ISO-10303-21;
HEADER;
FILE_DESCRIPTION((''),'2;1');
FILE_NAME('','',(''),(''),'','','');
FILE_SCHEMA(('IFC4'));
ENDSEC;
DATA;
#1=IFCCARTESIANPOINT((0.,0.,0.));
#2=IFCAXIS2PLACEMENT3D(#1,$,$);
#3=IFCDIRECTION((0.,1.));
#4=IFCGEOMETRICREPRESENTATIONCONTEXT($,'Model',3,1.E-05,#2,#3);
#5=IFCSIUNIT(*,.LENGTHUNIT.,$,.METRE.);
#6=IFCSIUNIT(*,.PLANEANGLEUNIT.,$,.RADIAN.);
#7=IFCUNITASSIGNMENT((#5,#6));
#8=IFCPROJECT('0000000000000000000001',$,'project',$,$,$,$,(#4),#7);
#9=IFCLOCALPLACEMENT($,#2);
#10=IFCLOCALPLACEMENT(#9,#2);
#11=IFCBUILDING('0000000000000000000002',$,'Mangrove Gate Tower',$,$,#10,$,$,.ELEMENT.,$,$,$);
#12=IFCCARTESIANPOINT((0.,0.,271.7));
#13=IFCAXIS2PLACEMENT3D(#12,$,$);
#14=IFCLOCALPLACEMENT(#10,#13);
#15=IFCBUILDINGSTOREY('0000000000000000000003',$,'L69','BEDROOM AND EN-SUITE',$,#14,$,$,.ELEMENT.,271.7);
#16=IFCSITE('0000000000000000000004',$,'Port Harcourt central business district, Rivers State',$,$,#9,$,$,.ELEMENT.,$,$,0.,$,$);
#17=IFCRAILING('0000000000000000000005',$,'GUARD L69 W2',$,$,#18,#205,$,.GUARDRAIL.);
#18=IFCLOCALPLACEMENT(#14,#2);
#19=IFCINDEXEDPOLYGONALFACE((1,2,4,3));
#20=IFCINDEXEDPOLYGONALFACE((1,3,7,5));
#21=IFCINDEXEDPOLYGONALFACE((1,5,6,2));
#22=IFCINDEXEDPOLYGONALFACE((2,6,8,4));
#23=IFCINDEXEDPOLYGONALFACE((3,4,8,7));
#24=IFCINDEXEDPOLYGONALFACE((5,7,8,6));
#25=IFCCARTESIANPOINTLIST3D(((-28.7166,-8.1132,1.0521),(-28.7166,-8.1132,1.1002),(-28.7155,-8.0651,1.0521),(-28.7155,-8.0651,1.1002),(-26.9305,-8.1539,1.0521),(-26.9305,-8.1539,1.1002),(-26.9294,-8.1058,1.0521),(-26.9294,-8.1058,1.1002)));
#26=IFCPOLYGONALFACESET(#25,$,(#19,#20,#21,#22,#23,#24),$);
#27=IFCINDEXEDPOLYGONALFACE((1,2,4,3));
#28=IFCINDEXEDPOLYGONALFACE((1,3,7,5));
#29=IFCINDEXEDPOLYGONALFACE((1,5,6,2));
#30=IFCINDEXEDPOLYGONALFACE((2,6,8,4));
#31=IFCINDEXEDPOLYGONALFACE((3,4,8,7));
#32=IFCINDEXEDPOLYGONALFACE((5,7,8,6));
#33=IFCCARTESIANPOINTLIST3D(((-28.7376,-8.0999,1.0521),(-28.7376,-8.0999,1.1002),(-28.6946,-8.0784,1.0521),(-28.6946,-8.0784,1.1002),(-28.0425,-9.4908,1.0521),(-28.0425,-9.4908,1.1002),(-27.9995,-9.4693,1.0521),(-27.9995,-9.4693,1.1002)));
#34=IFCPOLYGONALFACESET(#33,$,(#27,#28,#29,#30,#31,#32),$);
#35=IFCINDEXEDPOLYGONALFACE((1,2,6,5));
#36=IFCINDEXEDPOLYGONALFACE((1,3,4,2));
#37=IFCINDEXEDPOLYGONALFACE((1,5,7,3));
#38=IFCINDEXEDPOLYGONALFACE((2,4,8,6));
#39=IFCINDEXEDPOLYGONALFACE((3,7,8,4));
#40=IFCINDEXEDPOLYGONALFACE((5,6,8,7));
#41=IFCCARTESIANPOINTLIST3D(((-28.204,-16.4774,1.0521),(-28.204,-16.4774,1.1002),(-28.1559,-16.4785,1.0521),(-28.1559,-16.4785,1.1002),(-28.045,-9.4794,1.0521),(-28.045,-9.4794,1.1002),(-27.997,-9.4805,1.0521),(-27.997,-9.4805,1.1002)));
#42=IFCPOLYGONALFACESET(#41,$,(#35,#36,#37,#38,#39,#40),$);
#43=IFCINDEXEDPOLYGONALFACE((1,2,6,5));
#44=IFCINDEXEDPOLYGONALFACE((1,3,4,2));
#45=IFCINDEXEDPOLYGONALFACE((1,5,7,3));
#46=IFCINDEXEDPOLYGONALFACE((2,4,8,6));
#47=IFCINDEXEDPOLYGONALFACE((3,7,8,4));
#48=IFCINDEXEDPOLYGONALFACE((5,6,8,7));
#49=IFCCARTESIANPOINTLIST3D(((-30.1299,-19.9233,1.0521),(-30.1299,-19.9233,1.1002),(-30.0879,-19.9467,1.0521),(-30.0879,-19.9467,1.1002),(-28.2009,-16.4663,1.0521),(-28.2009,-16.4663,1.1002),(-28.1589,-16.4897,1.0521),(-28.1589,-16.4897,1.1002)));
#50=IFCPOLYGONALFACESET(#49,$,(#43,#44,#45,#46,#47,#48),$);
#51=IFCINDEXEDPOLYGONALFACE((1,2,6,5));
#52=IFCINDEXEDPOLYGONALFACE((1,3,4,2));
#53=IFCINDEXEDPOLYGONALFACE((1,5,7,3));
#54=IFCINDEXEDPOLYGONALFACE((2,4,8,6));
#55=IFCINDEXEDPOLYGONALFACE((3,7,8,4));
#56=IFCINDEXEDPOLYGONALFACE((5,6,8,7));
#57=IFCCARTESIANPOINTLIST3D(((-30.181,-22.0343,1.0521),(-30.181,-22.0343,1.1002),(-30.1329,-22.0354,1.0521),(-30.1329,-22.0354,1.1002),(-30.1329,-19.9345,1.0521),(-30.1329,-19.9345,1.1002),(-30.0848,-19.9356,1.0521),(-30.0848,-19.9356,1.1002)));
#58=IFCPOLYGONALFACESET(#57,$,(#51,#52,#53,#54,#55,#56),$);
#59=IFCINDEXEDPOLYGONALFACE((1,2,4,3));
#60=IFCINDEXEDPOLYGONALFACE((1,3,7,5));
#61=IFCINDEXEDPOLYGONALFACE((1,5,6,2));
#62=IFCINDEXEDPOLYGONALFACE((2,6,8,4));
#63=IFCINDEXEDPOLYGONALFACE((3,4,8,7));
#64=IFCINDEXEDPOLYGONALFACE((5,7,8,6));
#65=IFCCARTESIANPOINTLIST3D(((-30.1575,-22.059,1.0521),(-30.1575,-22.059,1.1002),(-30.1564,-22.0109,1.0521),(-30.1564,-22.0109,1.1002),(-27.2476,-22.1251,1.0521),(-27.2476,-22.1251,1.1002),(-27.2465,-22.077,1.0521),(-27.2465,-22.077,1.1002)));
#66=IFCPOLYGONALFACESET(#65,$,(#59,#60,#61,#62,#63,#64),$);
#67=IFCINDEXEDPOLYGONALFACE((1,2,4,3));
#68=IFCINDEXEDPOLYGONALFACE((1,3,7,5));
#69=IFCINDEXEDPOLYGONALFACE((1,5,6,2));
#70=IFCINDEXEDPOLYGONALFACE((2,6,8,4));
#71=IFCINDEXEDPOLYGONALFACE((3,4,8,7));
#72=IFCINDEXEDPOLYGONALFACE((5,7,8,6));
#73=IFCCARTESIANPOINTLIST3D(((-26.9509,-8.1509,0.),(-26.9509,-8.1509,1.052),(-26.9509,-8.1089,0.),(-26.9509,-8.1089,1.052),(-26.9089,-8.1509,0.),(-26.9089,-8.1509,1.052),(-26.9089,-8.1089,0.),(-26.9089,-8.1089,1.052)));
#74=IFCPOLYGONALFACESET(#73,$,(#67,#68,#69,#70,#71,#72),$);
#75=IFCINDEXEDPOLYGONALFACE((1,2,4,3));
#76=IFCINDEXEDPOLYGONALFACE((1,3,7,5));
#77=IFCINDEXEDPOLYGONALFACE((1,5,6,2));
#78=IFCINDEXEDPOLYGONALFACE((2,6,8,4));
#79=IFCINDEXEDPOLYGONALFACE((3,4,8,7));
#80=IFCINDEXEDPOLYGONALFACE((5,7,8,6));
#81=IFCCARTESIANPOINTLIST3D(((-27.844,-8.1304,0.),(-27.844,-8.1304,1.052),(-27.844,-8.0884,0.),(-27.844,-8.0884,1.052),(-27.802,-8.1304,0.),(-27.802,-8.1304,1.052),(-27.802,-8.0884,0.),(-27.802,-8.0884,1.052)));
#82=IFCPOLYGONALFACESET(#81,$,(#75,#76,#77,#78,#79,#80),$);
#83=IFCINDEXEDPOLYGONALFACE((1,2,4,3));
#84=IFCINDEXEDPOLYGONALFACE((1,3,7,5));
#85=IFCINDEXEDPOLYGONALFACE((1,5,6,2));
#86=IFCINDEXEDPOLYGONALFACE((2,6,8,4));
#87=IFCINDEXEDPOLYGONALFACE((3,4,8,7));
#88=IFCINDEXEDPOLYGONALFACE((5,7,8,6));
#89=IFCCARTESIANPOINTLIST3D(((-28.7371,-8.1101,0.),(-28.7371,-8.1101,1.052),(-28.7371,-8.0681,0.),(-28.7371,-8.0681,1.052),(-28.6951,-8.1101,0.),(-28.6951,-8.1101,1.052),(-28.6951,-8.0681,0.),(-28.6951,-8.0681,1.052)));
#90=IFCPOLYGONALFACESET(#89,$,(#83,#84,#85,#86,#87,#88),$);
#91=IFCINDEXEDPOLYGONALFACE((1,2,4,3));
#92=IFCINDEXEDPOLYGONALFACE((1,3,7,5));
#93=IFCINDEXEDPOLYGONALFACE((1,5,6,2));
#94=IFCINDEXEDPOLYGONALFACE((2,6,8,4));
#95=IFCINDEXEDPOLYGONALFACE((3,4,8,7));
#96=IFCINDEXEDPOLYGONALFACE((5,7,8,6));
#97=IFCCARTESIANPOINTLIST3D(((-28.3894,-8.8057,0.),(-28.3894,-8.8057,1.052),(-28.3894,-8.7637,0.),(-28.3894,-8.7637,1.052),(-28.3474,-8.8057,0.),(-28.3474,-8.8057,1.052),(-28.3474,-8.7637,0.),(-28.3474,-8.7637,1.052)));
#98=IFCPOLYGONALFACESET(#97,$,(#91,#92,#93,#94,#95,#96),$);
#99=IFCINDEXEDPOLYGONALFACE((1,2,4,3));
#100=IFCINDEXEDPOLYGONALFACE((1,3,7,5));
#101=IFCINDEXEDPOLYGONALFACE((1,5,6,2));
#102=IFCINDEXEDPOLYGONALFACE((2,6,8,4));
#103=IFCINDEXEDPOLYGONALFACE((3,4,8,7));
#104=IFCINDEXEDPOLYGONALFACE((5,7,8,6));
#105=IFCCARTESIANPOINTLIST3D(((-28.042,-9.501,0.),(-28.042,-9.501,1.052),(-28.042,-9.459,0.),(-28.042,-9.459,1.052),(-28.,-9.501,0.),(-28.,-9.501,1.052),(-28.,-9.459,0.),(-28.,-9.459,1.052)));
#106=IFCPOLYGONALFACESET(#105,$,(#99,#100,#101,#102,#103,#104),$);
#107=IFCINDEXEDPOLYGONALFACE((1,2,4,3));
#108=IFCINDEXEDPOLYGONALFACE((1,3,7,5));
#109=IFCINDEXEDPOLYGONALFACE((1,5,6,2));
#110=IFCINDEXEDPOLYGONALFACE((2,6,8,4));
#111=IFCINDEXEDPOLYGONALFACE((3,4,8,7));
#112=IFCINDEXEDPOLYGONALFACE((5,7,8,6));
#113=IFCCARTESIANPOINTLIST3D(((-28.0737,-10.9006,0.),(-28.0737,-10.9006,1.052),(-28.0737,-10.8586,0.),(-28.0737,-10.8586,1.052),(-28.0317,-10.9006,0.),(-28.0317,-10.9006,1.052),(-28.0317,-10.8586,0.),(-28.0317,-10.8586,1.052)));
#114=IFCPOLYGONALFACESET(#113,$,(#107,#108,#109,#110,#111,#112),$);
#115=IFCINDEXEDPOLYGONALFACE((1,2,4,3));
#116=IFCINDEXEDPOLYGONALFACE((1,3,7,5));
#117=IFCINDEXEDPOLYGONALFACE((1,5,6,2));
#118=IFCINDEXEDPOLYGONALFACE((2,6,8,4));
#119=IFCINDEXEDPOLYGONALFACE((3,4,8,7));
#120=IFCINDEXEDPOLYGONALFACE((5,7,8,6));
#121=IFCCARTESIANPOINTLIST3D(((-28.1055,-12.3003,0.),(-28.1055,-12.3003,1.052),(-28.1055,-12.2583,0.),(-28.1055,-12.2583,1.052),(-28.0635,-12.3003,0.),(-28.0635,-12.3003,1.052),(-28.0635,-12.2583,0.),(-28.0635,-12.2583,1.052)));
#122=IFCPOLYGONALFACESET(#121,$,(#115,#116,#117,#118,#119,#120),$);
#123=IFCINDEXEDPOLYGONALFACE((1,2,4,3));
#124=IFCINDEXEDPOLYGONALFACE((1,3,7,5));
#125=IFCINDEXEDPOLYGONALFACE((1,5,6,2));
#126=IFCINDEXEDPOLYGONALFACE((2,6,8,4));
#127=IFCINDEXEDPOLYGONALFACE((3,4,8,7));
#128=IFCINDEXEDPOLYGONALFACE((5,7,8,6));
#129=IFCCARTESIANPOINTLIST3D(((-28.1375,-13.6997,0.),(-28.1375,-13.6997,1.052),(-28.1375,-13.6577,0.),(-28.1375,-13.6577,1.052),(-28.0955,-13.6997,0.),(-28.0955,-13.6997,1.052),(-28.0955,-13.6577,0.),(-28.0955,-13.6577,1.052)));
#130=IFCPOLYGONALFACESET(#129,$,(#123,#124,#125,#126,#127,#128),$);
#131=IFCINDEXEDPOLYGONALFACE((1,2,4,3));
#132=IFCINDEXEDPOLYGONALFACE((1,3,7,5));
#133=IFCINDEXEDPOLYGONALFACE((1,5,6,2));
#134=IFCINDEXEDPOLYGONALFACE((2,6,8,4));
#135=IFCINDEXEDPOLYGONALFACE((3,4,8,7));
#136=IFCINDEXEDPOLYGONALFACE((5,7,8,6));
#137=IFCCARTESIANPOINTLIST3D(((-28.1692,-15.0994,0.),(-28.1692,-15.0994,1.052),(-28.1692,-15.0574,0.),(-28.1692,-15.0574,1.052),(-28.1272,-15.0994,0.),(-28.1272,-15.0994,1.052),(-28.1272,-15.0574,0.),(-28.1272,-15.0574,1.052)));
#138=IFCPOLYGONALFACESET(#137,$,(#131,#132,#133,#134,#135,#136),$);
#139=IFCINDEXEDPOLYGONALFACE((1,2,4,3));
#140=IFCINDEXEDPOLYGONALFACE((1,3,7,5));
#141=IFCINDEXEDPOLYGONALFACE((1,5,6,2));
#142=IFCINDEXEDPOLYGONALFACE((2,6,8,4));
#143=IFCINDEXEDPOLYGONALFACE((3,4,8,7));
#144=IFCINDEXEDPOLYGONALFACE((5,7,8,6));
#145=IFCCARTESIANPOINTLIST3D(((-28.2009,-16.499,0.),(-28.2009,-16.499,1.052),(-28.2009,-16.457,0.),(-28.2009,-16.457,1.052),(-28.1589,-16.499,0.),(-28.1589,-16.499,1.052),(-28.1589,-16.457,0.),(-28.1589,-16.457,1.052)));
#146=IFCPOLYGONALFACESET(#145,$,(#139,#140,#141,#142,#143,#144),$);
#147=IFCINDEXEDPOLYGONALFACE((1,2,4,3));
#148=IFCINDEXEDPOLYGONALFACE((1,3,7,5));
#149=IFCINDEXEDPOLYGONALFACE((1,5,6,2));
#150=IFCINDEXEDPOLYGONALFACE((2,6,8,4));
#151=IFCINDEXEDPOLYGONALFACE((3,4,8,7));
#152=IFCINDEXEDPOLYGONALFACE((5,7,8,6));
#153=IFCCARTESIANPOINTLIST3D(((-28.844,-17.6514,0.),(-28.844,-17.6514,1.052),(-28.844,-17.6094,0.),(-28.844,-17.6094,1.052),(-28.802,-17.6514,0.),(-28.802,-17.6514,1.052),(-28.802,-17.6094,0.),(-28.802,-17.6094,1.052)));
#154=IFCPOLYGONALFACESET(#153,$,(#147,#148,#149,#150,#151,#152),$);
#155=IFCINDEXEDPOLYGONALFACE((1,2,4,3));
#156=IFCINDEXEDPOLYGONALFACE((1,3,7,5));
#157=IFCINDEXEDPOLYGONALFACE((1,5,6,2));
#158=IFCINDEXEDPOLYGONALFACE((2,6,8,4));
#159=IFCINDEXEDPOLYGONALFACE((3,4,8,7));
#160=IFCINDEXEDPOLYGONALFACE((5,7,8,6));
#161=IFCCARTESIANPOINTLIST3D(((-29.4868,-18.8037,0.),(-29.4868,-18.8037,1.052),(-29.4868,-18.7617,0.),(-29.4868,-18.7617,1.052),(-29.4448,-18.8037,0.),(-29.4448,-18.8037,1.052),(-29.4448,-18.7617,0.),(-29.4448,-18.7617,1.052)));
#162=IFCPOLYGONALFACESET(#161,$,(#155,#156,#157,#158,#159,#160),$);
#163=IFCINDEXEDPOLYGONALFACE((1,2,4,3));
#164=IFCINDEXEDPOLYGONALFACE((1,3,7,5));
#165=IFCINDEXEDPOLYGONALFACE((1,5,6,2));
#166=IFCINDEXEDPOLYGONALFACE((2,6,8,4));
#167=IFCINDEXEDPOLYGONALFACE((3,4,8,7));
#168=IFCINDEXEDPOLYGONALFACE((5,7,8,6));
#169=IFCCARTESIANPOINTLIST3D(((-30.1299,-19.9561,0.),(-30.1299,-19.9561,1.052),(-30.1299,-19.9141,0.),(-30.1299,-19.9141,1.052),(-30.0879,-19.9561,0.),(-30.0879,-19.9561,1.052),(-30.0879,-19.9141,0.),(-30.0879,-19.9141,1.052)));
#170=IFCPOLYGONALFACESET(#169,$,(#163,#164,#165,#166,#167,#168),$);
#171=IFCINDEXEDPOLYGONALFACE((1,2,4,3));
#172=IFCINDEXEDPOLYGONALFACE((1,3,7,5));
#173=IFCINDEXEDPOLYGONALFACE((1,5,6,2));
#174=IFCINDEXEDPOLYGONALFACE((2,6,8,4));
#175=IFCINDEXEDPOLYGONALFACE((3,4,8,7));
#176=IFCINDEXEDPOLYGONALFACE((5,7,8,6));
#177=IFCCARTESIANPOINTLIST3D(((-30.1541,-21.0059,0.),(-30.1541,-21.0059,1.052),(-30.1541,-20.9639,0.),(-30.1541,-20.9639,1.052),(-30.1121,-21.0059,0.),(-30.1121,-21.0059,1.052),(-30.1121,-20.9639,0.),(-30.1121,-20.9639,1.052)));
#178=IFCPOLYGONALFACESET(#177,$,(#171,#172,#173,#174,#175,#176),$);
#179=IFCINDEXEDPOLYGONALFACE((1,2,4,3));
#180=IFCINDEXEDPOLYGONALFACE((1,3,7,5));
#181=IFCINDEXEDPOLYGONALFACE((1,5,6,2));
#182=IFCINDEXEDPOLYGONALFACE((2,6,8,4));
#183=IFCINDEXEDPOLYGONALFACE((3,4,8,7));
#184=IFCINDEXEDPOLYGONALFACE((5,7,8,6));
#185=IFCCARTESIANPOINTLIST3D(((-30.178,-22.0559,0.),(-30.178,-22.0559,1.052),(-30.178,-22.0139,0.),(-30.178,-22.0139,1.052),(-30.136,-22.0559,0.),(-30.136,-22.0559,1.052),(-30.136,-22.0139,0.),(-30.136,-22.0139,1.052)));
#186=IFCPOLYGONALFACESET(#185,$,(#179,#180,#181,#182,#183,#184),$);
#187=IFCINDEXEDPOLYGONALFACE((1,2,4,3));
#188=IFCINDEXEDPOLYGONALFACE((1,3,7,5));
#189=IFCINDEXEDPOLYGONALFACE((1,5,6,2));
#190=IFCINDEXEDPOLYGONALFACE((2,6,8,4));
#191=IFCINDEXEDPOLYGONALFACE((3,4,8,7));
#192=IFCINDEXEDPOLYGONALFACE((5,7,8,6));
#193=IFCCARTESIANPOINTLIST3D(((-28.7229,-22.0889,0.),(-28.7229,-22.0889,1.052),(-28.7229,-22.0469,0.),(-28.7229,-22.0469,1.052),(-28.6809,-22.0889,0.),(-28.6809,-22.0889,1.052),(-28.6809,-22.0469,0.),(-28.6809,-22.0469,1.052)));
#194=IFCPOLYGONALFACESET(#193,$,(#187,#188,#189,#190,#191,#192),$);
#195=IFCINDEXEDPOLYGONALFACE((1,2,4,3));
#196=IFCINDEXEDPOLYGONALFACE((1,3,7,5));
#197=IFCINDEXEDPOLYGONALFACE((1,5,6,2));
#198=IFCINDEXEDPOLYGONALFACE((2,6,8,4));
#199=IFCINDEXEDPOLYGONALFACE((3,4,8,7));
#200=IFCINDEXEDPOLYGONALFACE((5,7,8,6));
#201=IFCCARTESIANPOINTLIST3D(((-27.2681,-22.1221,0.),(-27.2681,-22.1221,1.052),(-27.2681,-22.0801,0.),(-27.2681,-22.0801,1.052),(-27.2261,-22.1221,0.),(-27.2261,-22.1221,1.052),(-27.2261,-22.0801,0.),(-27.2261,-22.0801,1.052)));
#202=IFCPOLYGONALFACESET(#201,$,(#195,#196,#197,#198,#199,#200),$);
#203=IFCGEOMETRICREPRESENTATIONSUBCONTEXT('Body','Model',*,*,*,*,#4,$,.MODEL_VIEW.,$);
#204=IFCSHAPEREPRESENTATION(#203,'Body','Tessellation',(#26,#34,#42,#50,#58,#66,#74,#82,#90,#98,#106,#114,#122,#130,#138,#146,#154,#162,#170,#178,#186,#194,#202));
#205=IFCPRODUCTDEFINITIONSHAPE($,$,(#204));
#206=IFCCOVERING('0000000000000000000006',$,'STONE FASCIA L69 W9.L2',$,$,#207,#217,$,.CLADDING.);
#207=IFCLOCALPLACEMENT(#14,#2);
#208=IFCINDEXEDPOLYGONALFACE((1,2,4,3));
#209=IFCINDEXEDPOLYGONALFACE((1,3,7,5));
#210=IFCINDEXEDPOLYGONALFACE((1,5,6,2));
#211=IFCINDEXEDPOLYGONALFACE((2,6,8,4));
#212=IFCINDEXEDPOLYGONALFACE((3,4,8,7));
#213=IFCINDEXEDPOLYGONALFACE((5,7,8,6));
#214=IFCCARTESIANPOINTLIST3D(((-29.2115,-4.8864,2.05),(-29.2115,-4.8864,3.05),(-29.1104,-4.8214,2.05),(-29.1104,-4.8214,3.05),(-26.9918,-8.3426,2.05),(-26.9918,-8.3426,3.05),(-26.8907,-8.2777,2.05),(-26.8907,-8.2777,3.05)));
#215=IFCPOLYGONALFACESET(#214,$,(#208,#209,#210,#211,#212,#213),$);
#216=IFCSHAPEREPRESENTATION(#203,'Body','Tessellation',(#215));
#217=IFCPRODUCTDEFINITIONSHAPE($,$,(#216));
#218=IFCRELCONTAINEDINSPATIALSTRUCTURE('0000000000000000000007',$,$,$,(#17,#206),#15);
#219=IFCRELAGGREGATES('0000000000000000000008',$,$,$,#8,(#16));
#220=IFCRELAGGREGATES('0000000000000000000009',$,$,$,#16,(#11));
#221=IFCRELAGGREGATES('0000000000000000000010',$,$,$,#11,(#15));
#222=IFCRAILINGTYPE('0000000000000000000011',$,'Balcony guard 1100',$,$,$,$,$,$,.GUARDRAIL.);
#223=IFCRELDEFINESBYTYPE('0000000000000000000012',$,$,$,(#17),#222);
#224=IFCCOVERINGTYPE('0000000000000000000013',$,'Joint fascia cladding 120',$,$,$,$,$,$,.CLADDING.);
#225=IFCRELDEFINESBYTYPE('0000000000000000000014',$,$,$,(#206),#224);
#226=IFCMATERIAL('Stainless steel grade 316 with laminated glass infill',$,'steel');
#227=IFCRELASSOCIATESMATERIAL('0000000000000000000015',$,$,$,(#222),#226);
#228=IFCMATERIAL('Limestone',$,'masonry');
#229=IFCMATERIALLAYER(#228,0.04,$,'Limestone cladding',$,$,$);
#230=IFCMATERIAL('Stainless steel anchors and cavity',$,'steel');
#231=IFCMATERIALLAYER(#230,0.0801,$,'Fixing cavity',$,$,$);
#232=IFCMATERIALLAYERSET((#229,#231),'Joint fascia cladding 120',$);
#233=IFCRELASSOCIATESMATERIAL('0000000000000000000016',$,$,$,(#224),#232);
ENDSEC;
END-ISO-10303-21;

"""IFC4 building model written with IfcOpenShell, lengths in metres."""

from ifc_helpers import new_model, si_unit, direction, frame, frame_2d, origin, origin_2d, place, context, subcontext, project, spatial, rectangle, extrude, material, layer, layer_set, type_object, element, save


model = new_model("IFC4")

# Units and contexts
model_context = context("Model", 3, precision=1e-05, world=origin(), true_north=direction((0.0, 1.0)))
body_context = subcontext(model_context, "Body", "Model", "MODEL_VIEW")
ifc_project = project(units=[si_unit("LENGTHUNIT", "METRE"), si_unit("PLANEANGLEUNIT", "RADIAN")], contexts=[model_context])

# Site, building, storey
site_placement = place(None, origin())
site = spatial("IfcSite", under=ifc_project, at=site_placement, Name="Port Harcourt central business district, Rivers State", CompositionType="ELEMENT", RefElevation=0.0)
building_placement = place(site_placement, origin())
building = spatial("IfcBuilding", under=site, at=building_placement, Name="Mangrove Gate Tower", CompositionType="ELEMENT")
storey_placement = place(building_placement, frame((0.0, 0.0, 271.7)))
storey = spatial("IfcBuildingStorey", under=building, at=storey_placement, Name="L69", Description="BEDROOM AND EN-SUITE", CompositionType="ELEMENT", Elevation=271.7)

# Shared definitions
ifc_material_1 = material(Name="Limestone", Category="masonry")

# Railing
ifc_material_2 = material(Name="Stainless steel grade 316 with laminated glass infill", Category="steel")
railing_type = type_object("IfcRailingType", Name="Balcony guard 1100", PredefinedType="GUARDRAIL", material=ifc_material_2)
railing_placement = place(storey_placement, frame((-26.9299, -8.1299, 0.0)))
element("IfcRailing", 1, at=railing_placement, inside=storey, type_object=railing_type, Name="GUARD L69 W2", PredefinedType="GUARDRAIL", context=body_context, shape_type="SweptSolid", body=[
    extrude(rectangle(XDim=0.0481, YDim=0.0481, at=origin_2d()), frame((0.0, 0.0, 1.0762), z_axis=(-0.99974, 0.022821, 0.0), x_axis=(-0.022821, -0.99974, 0.0)), (0.0, 0.0, 1.0), 1.7866),
    extrude(rectangle(XDim=0.0481, YDim=0.0481, at=origin_2d()), frame((-1.7861, 0.0408, 1.0762), z_axis=(0.447025, -0.894521, 0.0), x_axis=(0.894521, 0.447025, 0.0)), (0.0, 0.0, 1.0), 1.5549),
    extrude(rectangle(XDim=0.0481, YDim=0.0481, at=origin_2d()), frame((-1.0911, -1.3501, 1.0762), z_axis=(-0.022706, -0.999742, 0.0), x_axis=(0.999742, -0.022706, 0.0)), (0.0, 0.0, 1.0), 6.9998),
    extrude(rectangle(XDim=0.0481, YDim=0.0481, at=origin_2d()), frame((-1.25, -8.3481, 1.0762), z_axis=(-0.48726, -0.873257, 0.0), x_axis=(0.873257, -0.48726, 0.0)), (0.0, 0.0, 1.0), 3.9587),
    extrude(rectangle(XDim=0.0481, YDim=0.0481, at=origin_2d()), frame((-3.179, -11.8052, 1.0762), z_axis=(-0.022898, -0.999738, 0.0), x_axis=(0.999738, -0.022898, 0.0)), (0.0, 0.0, 1.0), 2.1003),
    extrude(rectangle(XDim=0.0481, YDim=0.0481, at=origin_2d()), frame((-3.2271, -13.905, 1.0762), z_axis=(0.999742, -0.022731, 0.0), x_axis=(0.022731, 0.999742, 0.0)), (0.0, 0.0, 1.0), 2.9106),
    extrude(rectangle(XDim=0.042, YDim=0.042, at=origin_2d()), origin(), (0.0, 0.0, 1.0), 1.052),
    extrude(rectangle(XDim=0.042, YDim=0.042, at=origin_2d()), frame((-0.8931, 0.0205, 0.0)), (0.0, 0.0, 1.0), 1.052),
    extrude(rectangle(XDim=0.042, YDim=0.042, at=origin_2d()), frame((-1.7861, 0.0408, 0.0)), (0.0, 0.0, 1.0), 1.052),
    extrude(rectangle(XDim=0.042, YDim=0.042, at=origin_2d()), frame((-1.4385, -0.6548, 0.0)), (0.0, 0.0, 1.0), 1.052),
    extrude(rectangle(XDim=0.042, YDim=0.042, at=origin_2d()), frame((-1.0911, -1.3501, 0.0)), (0.0, 0.0, 1.0), 1.052),
    extrude(rectangle(XDim=0.042, YDim=0.042, at=origin_2d()), frame((-1.1228, -2.7498, 0.0)), (0.0, 0.0, 1.0), 1.052),
    extrude(rectangle(XDim=0.042, YDim=0.042, at=origin_2d()), frame((-1.1545, -4.1494, 0.0)), (0.0, 0.0, 1.0), 1.052),
    extrude(rectangle(XDim=0.042, YDim=0.042, at=origin_2d()), frame((-1.1865, -5.5488, 0.0)), (0.0, 0.0, 1.0), 1.052),
    extrude(rectangle(XDim=0.042, YDim=0.042, at=origin_2d()), frame((-1.2183, -6.9485, 0.0)), (0.0, 0.0, 1.0), 1.052),
    extrude(rectangle(XDim=0.042, YDim=0.042, at=origin_2d()), frame((-1.25, -8.3481, 0.0)), (0.0, 0.0, 1.0), 1.052),
    extrude(rectangle(XDim=0.042, YDim=0.042, at=origin_2d()), frame((-1.8931, -9.5005, 0.0)), (0.0, 0.0, 1.0), 1.052),
    extrude(rectangle(XDim=0.042, YDim=0.042, at=origin_2d()), frame((-2.5359, -10.6528, 0.0)), (0.0, 0.0, 1.0), 1.052),
    extrude(rectangle(XDim=0.042, YDim=0.042, at=origin_2d()), frame((-3.179, -11.8052, 0.0)), (0.0, 0.0, 1.0), 1.052),
    extrude(rectangle(XDim=0.042, YDim=0.042, at=origin_2d()), frame((-3.2031, -12.855, 0.0)), (0.0, 0.0, 1.0), 1.052),
    extrude(rectangle(XDim=0.042, YDim=0.042, at=origin_2d()), frame((-3.2271, -13.905, 0.0)), (0.0, 0.0, 1.0), 1.052),
    extrude(rectangle(XDim=0.042, YDim=0.042, at=origin_2d()), frame((-1.772, -13.938, 0.0)), (0.0, 0.0, 1.0), 1.052),
    extrude(rectangle(XDim=0.042, YDim=0.042, at=origin_2d()), frame((-0.3171, -13.9712, 0.0)), (0.0, 0.0, 1.0), 1.052),
])

# Covering
ifc_layer_1 = layer(ifc_material_1, 0.04, Name="Limestone cladding")
ifc_material_3 = material(Name="Stainless steel anchors and cavity", Category="steel")
ifc_layer_2 = layer(ifc_material_3, 0.0801, Name="Fixing cavity")
ifc_layer_set_1 = layer_set([ifc_layer_1, ifc_layer_2], Name="Joint fascia cladding 120")
covering_type = type_object("IfcCoveringType", Name="Joint fascia cladding 120", PredefinedType="CLADDING", material=ifc_layer_set_1)
covering_placement = place(storey_placement, frame((-29.1609, -4.854, 2.05), z_axis=(0.0, 0.0, 1.0), x_axis=(0.540382, -0.84142, 0.0)))
element("IfcCovering", 2, at=covering_placement, inside=storey, type_object=covering_type, Name="STONE FASCIA L69 W9.L2", PredefinedType="CLADDING", context=body_context, shape_type="SweptSolid", body=[
    extrude(rectangle(XDim=4.1077, YDim=0.1201, at=frame_2d((2.0537, 0.0))), origin(), (0.0, 0.0, 1.0), 1.0),
])

save(model, "model.ifc")
